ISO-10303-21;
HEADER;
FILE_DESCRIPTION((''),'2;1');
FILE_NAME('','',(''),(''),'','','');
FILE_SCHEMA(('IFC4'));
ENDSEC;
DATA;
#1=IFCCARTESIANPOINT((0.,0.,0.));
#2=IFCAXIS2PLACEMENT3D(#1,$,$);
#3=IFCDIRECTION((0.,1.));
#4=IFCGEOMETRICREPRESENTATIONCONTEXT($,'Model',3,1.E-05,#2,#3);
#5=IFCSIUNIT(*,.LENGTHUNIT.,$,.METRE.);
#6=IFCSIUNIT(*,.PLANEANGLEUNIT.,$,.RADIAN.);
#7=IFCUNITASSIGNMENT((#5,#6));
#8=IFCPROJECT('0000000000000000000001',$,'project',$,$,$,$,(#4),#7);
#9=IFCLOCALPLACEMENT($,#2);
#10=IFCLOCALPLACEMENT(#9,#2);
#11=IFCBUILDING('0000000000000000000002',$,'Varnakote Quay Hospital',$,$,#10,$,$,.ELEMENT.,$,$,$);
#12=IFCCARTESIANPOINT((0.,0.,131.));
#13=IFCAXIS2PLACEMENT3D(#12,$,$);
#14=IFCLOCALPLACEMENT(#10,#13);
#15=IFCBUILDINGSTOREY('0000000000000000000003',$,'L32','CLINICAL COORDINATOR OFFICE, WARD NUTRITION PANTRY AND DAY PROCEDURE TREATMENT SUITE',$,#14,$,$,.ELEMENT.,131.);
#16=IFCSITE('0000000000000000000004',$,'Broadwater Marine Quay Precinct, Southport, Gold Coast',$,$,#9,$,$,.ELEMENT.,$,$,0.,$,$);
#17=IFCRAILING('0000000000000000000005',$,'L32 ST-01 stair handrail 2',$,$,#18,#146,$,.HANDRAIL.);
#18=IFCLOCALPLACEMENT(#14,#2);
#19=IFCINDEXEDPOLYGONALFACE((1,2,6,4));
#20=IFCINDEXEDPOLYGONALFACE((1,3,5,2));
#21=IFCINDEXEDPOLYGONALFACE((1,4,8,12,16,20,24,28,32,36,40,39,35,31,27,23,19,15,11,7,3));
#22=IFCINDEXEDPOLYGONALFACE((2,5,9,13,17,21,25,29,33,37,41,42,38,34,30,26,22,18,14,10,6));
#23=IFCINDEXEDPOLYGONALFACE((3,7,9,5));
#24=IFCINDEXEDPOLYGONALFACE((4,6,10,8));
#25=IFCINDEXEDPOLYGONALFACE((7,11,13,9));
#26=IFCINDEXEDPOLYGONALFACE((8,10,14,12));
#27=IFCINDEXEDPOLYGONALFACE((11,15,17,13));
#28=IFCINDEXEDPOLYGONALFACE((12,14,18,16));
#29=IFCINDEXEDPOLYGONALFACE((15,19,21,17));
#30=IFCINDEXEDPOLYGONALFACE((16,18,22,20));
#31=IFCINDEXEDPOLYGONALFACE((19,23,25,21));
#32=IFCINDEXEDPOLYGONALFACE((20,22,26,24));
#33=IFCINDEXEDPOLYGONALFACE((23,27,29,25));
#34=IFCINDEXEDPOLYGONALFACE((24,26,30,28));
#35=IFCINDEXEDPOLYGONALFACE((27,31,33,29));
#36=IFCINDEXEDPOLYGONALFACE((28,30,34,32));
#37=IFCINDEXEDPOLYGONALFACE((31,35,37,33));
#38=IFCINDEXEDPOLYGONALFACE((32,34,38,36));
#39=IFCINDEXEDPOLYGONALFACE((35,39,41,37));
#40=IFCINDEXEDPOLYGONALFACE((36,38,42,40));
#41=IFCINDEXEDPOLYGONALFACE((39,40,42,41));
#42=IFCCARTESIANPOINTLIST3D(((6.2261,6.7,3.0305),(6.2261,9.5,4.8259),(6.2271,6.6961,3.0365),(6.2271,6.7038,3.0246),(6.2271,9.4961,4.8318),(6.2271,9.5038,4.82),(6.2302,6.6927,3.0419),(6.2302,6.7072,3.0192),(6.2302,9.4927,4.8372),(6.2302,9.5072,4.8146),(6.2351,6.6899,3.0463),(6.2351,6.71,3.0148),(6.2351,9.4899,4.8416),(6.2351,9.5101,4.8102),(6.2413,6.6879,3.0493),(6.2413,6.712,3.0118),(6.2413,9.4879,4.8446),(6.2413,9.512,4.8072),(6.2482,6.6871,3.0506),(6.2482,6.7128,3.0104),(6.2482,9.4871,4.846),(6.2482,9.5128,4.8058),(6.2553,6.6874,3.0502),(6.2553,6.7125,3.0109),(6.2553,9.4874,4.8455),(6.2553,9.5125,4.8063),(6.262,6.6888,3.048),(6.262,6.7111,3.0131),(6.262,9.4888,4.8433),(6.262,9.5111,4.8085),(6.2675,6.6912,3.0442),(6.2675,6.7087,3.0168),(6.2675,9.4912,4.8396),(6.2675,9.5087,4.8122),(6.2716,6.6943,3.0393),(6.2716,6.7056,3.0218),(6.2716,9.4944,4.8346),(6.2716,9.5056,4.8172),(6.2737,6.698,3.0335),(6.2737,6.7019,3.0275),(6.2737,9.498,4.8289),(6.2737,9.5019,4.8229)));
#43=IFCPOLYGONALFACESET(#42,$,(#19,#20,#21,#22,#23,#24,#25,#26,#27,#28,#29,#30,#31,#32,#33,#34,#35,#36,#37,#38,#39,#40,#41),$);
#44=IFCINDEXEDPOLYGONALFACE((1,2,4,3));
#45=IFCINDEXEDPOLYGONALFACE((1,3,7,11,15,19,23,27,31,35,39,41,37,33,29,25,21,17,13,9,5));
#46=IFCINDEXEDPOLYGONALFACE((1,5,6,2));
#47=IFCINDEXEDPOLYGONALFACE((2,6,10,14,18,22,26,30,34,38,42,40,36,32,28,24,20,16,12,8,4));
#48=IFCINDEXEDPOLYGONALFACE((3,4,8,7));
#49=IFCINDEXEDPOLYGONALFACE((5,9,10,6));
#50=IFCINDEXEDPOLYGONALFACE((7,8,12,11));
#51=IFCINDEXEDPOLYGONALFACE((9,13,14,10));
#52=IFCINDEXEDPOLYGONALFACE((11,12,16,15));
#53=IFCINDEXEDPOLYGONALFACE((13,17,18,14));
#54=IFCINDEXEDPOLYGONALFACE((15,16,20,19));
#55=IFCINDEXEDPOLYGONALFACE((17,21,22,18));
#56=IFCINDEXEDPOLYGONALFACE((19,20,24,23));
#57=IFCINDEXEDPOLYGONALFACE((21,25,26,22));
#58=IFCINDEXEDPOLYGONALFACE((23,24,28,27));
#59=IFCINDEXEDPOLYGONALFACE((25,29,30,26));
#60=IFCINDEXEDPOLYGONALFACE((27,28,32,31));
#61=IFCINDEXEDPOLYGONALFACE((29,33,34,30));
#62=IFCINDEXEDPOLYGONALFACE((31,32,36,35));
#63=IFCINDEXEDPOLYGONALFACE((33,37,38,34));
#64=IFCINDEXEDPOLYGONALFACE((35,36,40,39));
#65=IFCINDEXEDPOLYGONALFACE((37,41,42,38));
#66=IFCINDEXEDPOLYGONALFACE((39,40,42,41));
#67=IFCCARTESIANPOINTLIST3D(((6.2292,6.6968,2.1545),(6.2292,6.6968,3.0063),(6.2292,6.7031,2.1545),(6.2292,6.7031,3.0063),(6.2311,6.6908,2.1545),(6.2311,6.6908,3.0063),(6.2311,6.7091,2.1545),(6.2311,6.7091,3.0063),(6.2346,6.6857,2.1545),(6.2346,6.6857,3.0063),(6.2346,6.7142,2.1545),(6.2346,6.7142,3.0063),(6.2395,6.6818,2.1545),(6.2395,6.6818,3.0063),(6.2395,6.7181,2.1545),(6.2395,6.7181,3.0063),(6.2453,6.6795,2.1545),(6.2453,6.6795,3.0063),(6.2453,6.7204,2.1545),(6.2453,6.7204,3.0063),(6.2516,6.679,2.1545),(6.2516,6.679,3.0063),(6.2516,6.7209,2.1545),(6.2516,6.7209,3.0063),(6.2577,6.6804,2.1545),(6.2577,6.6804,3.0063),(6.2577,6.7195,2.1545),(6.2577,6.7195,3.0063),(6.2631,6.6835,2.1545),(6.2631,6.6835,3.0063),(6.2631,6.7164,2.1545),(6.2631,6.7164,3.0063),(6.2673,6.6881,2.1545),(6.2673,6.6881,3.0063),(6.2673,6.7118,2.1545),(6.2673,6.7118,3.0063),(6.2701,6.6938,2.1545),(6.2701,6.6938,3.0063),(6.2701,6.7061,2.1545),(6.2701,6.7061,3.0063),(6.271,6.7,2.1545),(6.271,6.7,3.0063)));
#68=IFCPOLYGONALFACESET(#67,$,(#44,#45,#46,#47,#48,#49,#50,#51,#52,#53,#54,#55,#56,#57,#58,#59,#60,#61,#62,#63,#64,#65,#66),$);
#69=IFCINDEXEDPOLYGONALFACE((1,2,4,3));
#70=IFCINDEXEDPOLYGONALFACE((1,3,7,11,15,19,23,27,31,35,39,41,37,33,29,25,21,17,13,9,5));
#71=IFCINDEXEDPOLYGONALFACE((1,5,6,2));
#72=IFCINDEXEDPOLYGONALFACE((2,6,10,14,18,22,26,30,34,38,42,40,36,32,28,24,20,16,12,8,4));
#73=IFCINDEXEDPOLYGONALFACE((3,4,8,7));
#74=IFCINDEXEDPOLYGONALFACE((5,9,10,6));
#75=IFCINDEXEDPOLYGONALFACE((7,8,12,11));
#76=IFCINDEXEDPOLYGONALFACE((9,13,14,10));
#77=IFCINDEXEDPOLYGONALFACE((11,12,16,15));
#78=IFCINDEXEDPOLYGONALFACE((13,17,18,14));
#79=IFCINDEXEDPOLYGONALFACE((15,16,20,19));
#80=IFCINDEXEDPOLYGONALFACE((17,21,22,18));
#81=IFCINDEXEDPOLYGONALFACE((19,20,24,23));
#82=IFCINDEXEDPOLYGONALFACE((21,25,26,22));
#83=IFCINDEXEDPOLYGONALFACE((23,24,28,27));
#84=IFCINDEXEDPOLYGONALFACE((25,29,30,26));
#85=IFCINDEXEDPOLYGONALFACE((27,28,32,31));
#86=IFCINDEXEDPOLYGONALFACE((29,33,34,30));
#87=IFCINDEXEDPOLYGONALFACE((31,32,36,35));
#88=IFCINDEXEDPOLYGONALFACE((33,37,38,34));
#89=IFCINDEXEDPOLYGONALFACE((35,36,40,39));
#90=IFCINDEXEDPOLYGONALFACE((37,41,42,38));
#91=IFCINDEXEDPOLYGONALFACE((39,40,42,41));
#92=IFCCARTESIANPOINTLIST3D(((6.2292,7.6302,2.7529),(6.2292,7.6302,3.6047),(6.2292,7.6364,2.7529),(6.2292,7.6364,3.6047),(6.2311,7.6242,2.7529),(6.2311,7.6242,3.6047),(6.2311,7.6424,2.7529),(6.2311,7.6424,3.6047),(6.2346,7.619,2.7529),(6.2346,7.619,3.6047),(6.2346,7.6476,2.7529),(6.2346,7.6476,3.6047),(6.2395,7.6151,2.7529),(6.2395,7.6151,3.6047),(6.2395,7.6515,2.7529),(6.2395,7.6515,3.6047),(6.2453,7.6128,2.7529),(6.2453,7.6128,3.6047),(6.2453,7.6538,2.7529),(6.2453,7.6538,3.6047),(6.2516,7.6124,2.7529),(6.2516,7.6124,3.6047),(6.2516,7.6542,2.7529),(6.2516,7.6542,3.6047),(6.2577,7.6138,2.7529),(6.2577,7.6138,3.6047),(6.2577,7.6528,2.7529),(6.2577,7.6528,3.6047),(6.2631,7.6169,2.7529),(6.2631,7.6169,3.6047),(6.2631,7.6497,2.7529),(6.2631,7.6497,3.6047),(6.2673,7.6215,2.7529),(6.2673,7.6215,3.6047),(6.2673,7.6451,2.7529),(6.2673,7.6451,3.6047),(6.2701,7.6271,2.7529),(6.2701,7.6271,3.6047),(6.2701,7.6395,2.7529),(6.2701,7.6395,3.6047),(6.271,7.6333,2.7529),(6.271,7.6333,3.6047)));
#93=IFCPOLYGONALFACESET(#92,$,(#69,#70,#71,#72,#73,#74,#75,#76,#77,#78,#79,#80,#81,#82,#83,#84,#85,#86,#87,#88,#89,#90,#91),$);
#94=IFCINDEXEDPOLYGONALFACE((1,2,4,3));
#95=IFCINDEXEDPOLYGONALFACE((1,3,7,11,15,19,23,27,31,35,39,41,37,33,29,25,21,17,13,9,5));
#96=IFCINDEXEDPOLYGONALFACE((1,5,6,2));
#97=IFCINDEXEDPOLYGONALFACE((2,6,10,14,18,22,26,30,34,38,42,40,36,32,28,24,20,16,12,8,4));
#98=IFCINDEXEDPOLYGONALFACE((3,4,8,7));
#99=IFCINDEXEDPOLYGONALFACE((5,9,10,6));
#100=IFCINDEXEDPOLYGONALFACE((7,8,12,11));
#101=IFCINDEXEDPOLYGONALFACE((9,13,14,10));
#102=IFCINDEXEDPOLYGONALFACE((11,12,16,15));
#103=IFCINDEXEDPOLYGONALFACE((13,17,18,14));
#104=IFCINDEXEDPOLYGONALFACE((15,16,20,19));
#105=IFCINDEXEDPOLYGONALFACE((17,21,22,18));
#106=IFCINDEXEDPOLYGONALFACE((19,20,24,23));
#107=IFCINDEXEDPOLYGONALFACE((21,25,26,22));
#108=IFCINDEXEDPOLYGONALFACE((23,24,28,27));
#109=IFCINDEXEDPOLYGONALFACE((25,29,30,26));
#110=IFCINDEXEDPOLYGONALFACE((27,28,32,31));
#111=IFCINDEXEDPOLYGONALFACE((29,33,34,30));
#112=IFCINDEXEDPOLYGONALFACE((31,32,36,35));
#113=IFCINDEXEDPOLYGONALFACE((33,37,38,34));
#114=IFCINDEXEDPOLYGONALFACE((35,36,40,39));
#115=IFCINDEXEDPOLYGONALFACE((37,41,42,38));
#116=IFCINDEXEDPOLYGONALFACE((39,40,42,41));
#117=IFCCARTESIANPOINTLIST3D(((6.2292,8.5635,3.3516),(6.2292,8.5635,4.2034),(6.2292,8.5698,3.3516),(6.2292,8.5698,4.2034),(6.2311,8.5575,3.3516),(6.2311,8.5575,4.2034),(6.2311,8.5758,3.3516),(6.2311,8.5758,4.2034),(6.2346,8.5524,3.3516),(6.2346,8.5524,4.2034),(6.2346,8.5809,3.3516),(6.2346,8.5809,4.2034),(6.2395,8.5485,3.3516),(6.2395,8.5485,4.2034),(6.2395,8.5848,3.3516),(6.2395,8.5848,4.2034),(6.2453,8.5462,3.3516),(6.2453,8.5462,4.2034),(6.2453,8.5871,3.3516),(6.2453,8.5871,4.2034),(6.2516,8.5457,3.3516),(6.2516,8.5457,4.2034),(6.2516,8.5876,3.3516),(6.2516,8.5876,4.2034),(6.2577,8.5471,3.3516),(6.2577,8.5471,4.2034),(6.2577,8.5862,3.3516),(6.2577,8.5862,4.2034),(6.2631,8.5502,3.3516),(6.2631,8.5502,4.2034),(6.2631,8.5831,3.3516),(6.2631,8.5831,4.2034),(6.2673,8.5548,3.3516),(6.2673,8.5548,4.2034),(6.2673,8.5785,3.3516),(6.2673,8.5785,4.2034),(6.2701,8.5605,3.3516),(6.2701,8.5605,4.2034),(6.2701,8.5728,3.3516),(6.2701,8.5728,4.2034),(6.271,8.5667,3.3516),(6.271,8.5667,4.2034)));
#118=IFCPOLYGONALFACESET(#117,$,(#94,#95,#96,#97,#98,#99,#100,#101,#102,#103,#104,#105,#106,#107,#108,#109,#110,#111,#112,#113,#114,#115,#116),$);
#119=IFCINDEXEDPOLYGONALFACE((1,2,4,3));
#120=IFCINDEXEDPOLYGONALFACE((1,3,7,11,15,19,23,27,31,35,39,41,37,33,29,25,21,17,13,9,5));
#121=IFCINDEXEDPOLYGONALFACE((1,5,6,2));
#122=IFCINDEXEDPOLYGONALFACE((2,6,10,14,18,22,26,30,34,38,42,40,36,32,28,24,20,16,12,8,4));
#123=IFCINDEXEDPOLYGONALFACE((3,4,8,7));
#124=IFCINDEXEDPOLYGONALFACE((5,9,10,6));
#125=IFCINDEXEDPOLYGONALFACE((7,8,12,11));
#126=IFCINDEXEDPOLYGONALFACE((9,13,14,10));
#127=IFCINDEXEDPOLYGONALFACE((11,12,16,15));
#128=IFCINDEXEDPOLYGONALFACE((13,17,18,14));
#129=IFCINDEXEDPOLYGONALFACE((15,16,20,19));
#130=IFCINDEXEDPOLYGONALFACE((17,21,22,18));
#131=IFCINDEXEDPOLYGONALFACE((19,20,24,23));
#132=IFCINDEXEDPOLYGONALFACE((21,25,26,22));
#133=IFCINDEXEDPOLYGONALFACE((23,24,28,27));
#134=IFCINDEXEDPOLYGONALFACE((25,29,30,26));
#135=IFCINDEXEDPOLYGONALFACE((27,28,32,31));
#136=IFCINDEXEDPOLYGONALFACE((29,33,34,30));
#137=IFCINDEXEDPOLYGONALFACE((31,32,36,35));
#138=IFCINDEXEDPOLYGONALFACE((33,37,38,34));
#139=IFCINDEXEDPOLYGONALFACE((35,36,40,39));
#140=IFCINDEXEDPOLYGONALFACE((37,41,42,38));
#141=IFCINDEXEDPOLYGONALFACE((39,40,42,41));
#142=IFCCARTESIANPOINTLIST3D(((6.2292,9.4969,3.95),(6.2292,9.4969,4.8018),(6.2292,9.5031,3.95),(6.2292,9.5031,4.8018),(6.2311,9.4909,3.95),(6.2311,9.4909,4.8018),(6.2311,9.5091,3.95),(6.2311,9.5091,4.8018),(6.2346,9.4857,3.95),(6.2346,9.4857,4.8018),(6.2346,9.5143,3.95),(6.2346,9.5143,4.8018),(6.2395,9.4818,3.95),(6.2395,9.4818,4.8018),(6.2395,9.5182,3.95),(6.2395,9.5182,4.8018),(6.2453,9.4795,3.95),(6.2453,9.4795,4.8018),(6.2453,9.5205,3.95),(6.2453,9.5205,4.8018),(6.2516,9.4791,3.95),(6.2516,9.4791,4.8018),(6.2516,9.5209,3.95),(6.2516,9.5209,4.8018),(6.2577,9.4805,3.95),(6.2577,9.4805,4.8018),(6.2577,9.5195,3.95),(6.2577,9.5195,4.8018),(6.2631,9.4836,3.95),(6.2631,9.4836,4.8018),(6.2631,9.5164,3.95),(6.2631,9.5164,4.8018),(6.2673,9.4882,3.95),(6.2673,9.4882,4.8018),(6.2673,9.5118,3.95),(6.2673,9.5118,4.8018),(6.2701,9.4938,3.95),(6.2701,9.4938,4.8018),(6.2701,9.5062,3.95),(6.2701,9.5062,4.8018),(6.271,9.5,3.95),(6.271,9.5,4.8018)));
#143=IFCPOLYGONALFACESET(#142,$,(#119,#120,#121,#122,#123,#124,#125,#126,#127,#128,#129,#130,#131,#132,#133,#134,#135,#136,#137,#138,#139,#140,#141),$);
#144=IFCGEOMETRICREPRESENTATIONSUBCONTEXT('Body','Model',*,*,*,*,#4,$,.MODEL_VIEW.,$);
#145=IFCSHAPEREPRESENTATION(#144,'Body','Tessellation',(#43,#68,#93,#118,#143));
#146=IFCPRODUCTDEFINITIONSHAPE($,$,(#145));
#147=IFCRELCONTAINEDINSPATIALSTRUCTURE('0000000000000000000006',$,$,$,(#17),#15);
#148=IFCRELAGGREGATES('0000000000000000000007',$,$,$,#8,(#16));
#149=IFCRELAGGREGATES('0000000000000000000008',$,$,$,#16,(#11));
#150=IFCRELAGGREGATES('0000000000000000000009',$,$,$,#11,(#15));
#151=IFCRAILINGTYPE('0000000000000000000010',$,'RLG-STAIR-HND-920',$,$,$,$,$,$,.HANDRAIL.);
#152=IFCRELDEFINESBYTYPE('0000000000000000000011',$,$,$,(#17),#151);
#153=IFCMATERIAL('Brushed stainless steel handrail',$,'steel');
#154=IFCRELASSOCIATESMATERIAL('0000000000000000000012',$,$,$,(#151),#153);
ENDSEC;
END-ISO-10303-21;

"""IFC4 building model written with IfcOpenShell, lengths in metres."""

from ifc_helpers import new_model, si_unit, direction, frame, origin, origin_2d, place, context, subcontext, project, spatial, circle, extrude, material, type_object, element, save


model = new_model("IFC4")

# Units and contexts
model_context = context("Model", 3, precision=1e-05, world=origin(), true_north=direction((0.0, 1.0)))
body_context = subcontext(model_context, "Body", "Model", "MODEL_VIEW")
ifc_project = project(units=[si_unit("LENGTHUNIT", "METRE"), si_unit("PLANEANGLEUNIT", "RADIAN")], contexts=[model_context])

# Site, building, storey
site_placement = place(None, origin())
site = spatial("IfcSite", under=ifc_project, at=site_placement, Name="Broadwater Marine Quay Precinct, Southport, Gold Coast", CompositionType="ELEMENT", RefElevation=0.0)
building_placement = place(site_placement, origin())
building = spatial("IfcBuilding", under=site, at=building_placement, Name="Varnakote Quay Hospital", CompositionType="ELEMENT")
storey_placement = place(building_placement, frame((0.0, 0.0, 131.0)))
storey = spatial("IfcBuildingStorey", under=building, at=storey_placement, Name="L32", Description="CLINICAL COORDINATOR OFFICE, WARD NUTRITION PANTRY AND DAY PROCEDURE TREATMENT SUITE", CompositionType="ELEMENT", Elevation=131.0)

# Railing
ifc_material_1 = material(Name="Brushed stainless steel handrail", Category="steel")
railing_type_1 = type_object("IfcRailingType", Name="RLG-STAIR-HND-920", PredefinedType="HANDRAIL", material=ifc_material_1)
railing_1_placement = place(storey_placement, frame((6.25, 6.7, 2.1545)))
element("IfcRailing", 1, at=railing_1_placement, inside=storey, type_object=railing_type_1, Name="L32 ST-01 stair handrail 2", PredefinedType="HANDRAIL", context=body_context, shape_type="SweptSolid", body=[
    extrude(circle(Radius=0.0239, at=origin_2d()), frame((0.0, 0.0, 0.876), z_axis=(0.0, 0.84181, 0.539774), x_axis=(-1.0, 0.0, 0.0)), (0.0, 0.0, 1.0), 3.3262),
    extrude(circle(Radius=0.021, at=origin_2d()), origin(), (0.0, 0.0, 1.0), 0.8518),
    extrude(circle(Radius=0.021, at=origin_2d()), frame((0.0, 0.9333, 0.5984)), (0.0, 0.0, 1.0), 0.8518),
    extrude(circle(Radius=0.021, at=origin_2d()), frame((0.0, 1.8667, 1.197)), (0.0, 0.0, 1.0), 0.8518),
    extrude(circle(Radius=0.021, at=origin_2d()), frame((0.0, 2.8, 1.7954)), (0.0, 0.0, 1.0), 0.8518),
])

save(model, "model.ifc")
